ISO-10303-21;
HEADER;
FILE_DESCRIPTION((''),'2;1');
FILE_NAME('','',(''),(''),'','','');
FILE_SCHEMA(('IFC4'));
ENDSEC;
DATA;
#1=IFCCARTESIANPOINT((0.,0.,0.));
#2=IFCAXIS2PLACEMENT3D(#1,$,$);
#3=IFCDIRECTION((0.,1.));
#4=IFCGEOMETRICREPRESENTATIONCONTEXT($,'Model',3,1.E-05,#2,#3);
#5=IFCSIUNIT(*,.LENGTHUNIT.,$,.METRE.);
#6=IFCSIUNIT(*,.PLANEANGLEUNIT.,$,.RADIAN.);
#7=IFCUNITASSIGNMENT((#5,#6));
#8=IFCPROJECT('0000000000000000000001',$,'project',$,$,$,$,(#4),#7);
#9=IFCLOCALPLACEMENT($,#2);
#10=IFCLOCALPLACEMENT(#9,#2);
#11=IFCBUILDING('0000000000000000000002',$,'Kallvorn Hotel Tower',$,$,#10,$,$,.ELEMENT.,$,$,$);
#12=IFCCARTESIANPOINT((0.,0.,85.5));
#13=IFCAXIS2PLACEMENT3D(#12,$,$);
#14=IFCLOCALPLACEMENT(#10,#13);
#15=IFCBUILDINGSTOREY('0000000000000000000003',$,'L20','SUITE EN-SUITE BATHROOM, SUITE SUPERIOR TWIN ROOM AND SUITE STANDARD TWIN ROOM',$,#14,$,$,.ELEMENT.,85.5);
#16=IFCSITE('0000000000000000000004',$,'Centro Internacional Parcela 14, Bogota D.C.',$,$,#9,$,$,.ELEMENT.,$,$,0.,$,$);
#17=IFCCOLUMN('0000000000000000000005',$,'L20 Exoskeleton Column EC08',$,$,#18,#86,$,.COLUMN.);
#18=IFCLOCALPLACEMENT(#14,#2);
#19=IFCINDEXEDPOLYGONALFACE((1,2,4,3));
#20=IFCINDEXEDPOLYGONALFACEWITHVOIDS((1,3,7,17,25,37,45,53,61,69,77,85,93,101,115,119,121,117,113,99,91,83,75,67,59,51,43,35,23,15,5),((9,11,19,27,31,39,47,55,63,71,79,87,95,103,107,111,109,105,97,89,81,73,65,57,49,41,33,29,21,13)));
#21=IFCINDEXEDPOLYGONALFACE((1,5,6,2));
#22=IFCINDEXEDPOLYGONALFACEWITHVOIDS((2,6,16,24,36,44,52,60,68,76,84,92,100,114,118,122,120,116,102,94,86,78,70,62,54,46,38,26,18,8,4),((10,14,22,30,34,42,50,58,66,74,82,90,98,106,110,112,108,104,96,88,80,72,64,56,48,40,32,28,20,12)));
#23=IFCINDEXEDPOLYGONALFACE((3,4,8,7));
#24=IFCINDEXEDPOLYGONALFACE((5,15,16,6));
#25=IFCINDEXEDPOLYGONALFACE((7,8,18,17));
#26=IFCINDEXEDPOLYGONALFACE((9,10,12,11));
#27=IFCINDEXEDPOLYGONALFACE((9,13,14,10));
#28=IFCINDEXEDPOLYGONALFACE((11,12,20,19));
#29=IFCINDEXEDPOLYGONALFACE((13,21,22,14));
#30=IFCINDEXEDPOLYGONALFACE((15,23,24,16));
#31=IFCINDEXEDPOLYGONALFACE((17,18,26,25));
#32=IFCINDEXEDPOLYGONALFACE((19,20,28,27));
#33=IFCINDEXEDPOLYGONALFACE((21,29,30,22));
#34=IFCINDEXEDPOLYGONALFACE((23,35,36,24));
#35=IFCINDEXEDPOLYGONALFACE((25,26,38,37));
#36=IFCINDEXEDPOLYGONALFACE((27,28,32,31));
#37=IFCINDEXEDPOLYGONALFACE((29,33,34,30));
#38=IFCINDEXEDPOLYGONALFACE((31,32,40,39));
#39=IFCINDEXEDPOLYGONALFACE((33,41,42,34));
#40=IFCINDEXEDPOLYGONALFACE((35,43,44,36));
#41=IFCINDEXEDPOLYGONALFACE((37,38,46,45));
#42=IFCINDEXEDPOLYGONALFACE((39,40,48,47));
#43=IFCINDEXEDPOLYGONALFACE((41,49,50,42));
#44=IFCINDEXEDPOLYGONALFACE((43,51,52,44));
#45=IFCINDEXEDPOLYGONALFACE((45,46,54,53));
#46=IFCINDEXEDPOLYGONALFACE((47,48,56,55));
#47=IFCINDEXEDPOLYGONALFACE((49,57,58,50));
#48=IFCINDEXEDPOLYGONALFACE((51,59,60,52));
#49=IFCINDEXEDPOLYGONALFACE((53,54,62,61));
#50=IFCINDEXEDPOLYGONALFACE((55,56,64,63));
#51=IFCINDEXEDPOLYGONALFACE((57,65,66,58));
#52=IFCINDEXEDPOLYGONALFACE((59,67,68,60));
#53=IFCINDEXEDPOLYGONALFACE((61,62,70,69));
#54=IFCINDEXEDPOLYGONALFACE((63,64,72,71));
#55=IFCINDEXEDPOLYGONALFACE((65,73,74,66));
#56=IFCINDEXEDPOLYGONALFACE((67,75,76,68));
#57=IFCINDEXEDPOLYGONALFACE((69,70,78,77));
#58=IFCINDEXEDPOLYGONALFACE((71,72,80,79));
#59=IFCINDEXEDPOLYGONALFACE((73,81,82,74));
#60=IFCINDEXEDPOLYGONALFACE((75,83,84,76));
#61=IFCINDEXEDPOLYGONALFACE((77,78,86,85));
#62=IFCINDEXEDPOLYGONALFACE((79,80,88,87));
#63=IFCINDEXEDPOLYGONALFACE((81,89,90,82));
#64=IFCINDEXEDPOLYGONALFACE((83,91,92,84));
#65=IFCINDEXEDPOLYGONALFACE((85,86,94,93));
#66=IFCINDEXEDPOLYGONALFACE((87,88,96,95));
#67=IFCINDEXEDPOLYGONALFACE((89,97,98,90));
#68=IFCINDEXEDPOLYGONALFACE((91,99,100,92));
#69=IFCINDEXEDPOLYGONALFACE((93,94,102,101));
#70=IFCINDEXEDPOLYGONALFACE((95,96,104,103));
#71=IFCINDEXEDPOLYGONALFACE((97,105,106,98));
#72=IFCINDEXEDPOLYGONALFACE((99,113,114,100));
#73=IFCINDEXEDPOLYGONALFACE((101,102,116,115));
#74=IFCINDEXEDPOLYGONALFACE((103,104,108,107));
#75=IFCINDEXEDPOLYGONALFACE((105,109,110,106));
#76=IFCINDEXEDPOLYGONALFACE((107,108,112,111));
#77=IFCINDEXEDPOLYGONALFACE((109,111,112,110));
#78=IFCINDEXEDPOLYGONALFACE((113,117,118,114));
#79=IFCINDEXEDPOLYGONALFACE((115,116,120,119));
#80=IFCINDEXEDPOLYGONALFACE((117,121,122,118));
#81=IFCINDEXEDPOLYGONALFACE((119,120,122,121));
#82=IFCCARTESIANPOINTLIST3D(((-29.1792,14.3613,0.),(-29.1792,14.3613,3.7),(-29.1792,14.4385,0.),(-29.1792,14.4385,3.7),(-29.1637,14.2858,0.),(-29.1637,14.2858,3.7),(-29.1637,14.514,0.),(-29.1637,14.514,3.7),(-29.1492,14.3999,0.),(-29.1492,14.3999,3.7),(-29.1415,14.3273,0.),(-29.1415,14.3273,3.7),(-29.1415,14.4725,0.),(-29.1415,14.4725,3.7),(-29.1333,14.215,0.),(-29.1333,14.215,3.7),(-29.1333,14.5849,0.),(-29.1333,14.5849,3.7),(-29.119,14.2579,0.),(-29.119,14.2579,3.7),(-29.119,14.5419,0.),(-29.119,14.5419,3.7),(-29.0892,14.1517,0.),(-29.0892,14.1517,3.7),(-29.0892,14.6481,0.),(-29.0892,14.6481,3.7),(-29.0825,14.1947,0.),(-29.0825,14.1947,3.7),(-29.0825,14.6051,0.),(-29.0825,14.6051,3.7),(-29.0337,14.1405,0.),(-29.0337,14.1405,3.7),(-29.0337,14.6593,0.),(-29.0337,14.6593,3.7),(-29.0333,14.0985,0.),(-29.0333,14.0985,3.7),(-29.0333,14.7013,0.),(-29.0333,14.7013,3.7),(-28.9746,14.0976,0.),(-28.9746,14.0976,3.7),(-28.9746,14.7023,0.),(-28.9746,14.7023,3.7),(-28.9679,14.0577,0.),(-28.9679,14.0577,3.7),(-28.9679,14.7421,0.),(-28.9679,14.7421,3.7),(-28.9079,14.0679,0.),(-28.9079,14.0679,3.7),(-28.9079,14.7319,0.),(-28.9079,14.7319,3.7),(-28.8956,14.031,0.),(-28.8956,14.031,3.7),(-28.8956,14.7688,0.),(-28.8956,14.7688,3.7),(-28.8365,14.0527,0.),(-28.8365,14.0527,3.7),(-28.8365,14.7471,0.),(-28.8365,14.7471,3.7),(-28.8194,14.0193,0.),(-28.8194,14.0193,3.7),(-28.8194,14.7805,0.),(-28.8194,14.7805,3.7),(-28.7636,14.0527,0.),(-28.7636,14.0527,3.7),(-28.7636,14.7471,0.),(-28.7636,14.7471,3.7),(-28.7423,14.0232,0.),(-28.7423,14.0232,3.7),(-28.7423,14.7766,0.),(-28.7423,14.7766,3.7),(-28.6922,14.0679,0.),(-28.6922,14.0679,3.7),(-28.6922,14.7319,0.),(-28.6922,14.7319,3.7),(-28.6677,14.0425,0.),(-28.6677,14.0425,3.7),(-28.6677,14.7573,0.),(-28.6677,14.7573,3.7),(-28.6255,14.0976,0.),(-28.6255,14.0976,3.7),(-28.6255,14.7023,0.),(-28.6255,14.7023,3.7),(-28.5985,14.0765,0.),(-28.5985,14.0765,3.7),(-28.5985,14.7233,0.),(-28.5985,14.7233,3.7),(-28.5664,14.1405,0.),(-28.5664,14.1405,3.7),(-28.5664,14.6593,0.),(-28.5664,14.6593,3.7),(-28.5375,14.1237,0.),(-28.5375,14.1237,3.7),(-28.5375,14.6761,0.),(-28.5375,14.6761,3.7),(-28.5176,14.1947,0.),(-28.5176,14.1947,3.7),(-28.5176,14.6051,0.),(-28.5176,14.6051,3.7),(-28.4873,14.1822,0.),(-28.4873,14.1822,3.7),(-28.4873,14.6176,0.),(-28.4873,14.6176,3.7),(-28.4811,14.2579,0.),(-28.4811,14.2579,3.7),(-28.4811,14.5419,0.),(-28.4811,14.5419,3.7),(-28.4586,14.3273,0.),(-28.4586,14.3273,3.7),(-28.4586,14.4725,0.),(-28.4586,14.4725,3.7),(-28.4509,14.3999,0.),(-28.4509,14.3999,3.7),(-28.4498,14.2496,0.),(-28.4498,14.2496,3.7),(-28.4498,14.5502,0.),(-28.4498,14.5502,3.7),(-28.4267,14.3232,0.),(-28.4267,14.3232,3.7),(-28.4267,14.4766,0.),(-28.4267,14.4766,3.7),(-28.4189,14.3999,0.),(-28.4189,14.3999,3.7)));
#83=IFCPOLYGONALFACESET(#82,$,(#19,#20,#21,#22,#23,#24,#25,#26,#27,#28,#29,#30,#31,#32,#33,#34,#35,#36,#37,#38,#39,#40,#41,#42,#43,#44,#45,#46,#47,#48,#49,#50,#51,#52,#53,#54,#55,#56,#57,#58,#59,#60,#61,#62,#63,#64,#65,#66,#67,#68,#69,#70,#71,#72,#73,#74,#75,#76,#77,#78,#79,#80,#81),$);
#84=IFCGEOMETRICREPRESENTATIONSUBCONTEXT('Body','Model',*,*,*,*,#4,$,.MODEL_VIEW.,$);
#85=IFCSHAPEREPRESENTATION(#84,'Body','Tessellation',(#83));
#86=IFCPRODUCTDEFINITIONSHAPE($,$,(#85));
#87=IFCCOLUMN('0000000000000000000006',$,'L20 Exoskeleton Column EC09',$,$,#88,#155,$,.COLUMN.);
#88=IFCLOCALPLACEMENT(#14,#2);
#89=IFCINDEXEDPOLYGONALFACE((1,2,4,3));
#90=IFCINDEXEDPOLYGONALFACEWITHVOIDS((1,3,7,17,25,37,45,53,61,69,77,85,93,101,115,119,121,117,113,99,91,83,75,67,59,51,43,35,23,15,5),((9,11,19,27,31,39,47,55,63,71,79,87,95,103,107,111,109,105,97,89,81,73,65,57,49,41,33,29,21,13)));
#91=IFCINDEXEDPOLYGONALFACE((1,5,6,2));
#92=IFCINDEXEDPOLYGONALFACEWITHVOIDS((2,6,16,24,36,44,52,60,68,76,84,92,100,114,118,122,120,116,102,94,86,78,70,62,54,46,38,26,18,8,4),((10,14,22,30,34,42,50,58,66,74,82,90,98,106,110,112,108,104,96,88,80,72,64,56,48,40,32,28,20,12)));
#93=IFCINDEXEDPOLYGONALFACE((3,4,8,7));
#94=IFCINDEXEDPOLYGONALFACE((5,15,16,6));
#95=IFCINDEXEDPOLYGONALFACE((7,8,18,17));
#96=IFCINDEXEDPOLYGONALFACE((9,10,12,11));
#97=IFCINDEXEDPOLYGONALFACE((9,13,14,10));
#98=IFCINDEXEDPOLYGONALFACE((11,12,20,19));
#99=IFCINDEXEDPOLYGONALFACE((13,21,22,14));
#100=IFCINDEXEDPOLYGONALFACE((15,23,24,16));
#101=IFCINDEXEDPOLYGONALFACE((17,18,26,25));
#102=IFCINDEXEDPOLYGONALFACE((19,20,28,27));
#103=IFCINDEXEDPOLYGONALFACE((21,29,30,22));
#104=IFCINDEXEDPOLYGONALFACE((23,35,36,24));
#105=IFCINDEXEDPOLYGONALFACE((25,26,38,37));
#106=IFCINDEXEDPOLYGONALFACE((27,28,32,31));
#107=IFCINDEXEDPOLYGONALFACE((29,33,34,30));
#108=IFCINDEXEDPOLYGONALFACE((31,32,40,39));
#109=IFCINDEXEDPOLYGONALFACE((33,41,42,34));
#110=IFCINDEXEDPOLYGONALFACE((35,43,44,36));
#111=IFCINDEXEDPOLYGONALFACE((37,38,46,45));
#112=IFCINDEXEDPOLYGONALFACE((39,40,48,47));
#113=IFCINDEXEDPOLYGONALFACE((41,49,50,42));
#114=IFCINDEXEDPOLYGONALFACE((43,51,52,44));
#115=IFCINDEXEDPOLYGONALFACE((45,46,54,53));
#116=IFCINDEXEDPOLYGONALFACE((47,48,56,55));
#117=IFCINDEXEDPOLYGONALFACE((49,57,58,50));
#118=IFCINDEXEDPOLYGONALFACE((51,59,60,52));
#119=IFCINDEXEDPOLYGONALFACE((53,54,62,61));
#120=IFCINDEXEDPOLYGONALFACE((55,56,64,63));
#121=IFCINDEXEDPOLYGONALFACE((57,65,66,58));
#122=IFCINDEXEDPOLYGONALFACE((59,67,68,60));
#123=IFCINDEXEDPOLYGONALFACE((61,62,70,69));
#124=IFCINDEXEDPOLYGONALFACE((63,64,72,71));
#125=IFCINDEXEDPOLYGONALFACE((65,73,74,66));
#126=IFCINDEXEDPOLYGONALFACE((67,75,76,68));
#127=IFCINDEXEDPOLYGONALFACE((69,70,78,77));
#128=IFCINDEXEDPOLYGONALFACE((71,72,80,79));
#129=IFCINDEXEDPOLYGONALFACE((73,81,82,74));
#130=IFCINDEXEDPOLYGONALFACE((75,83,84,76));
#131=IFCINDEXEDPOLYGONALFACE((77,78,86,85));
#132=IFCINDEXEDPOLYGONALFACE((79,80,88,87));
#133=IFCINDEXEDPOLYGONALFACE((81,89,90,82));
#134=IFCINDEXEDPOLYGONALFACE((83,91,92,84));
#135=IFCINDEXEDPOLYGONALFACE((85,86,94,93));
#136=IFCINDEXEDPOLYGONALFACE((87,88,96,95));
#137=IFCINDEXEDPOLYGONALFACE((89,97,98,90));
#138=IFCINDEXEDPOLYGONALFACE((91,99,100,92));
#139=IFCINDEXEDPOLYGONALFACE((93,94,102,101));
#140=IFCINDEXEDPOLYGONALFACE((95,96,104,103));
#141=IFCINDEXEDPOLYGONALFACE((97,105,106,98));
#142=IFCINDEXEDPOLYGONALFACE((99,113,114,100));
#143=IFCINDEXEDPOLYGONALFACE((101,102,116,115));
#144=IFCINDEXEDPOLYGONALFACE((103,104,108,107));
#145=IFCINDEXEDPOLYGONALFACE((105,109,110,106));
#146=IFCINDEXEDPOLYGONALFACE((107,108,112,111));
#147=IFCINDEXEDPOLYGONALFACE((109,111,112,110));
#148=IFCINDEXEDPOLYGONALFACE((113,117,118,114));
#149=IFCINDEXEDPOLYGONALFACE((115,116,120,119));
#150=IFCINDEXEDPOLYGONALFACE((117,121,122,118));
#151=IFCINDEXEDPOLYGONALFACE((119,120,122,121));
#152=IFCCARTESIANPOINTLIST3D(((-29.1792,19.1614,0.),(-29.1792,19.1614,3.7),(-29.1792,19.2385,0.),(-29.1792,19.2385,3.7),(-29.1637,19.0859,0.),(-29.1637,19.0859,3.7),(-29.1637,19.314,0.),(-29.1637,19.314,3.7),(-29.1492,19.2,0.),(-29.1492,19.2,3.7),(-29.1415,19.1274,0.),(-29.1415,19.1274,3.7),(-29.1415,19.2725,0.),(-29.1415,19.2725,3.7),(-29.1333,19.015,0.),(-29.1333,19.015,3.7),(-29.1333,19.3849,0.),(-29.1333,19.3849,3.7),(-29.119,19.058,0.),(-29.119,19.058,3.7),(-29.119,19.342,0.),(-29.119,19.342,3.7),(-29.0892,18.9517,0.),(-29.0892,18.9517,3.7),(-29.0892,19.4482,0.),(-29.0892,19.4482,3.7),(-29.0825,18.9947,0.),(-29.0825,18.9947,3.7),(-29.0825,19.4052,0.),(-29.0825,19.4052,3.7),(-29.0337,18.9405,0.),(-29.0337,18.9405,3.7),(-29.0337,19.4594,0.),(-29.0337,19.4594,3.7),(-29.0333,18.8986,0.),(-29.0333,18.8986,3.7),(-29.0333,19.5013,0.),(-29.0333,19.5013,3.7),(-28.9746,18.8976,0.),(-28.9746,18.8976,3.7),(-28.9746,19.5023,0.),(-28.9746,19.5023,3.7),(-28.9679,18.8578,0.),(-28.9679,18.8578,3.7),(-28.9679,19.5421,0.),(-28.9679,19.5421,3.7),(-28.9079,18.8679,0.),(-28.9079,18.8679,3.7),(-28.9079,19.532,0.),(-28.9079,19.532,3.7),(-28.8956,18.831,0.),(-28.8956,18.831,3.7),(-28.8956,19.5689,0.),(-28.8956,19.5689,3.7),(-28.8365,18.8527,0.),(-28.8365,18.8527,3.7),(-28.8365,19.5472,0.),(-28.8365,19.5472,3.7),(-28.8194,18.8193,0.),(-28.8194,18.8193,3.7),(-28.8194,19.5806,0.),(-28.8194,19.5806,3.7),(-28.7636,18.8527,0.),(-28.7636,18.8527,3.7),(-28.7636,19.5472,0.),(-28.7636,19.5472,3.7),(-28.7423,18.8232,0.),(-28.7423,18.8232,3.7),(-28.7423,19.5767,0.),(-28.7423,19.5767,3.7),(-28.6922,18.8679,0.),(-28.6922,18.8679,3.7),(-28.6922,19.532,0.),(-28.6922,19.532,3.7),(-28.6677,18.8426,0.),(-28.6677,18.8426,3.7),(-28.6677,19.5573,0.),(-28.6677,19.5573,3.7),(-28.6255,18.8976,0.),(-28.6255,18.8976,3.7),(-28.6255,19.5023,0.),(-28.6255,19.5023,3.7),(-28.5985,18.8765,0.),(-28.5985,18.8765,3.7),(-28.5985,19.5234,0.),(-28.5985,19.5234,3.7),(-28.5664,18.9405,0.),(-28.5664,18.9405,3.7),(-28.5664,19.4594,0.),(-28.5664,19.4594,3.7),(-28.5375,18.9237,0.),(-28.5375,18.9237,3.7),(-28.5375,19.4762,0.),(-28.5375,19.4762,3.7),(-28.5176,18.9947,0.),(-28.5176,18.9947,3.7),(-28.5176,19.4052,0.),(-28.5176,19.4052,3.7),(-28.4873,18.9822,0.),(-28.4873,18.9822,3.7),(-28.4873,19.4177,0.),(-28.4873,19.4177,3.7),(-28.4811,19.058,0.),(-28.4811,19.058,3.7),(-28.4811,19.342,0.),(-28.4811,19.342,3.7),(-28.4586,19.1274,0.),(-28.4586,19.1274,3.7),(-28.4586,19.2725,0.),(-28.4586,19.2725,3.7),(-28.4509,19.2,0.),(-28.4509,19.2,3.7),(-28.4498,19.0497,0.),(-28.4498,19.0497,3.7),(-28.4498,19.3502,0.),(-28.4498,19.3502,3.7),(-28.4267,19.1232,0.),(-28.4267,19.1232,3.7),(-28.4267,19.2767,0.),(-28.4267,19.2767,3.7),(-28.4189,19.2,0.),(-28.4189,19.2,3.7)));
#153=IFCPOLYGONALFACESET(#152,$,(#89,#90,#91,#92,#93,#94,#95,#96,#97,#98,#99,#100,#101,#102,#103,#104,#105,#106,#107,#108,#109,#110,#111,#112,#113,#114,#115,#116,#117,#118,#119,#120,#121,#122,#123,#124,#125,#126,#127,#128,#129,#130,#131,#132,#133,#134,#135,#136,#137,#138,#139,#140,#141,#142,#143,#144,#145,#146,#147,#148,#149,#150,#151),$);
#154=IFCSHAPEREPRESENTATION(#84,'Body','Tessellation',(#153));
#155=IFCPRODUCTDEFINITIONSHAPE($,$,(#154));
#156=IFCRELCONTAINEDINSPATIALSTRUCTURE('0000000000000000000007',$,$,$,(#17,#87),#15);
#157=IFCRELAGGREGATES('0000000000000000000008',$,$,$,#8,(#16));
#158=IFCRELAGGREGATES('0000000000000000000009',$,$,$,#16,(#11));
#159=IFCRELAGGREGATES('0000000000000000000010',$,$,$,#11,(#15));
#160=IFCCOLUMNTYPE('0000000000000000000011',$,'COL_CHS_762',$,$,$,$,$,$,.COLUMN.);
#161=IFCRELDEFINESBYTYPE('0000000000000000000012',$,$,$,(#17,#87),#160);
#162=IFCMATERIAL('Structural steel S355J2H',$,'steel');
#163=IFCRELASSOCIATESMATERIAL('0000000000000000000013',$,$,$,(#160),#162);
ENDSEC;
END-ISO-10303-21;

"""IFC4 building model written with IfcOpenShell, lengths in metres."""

from ifc_helpers import new_model, si_unit, direction, frame, origin, origin_2d, place, context, subcontext, project, spatial, hollow_circle, extrude, material, material_profile, profile_set, type_object, element, save


model = new_model("IFC4")

# Units and contexts
model_context = context("Model", 3, precision=1e-05, world=origin(), true_north=direction((0.0, 1.0)))
body_context = subcontext(model_context, "Body", "Model", "MODEL_VIEW")
ifc_project = project(units=[si_unit("LENGTHUNIT", "METRE"), si_unit("PLANEANGLEUNIT", "RADIAN")], contexts=[model_context])

# Site, building, storey
site_placement = place(None, origin())
site = spatial("IfcSite", under=ifc_project, at=site_placement, Name="Centro Internacional Parcela 14, Bogota D.C.", CompositionType="ELEMENT", RefElevation=0.0)
building_placement = place(site_placement, origin())
building = spatial("IfcBuilding", under=site, at=building_placement, Name="Kallvorn Hotel Tower", CompositionType="ELEMENT")
storey_placement = place(building_placement, frame((0.0, 0.0, 85.5)))
storey = spatial("IfcBuildingStorey", under=building, at=storey_placement, Name="L20", Description="SUITE EN-SUITE BATHROOM, SUITE SUPERIOR TWIN ROOM AND SUITE STANDARD TWIN ROOM", CompositionType="ELEMENT", Elevation=85.5)

# Columns
ifc_material_1 = material(Name="Structural steel S355J2H", Category="steel")
ifc_material_profile_1 = material_profile(ifc_material_1, hollow_circle(Radius=0.3811, WallThickness=0.032, at=origin_2d()), Name="CHS 762x32")
ifc_profile_set_1 = profile_set([ifc_material_profile_1], Name="Structural steel S355J2H")
column_type_1 = type_object("IfcColumnType", Name="COL_CHS_762", PredefinedType="COLUMN", material=ifc_profile_set_1)
for number, where, z_axis, x_axis, name in (
    (1, (-28.8, 14.3999, 0.0), (0.0, 0.0, 1.0), (1.0, 0.0, 0.0), "L20 Exoskeleton Column EC08"),
    (2, (-28.8, 19.2, 0.0), (0.0, 0.0, 1.0), (1.0, 0.0, 0.0), "L20 Exoskeleton Column EC09"),
):
    element("IfcColumn", number, at=place(storey_placement, frame(where, z_axis=z_axis, x_axis=x_axis)), inside=storey, type_object=column_type_1, Name=name, PredefinedType="COLUMN", context=body_context, shape_type="SweptSolid", body=[
        extrude(hollow_circle(Radius=0.3811, WallThickness=0.032, at=origin_2d()), origin(), (0.0, 0.0, 1.0), 3.7),
    ])

save(model, "model.ifc")
